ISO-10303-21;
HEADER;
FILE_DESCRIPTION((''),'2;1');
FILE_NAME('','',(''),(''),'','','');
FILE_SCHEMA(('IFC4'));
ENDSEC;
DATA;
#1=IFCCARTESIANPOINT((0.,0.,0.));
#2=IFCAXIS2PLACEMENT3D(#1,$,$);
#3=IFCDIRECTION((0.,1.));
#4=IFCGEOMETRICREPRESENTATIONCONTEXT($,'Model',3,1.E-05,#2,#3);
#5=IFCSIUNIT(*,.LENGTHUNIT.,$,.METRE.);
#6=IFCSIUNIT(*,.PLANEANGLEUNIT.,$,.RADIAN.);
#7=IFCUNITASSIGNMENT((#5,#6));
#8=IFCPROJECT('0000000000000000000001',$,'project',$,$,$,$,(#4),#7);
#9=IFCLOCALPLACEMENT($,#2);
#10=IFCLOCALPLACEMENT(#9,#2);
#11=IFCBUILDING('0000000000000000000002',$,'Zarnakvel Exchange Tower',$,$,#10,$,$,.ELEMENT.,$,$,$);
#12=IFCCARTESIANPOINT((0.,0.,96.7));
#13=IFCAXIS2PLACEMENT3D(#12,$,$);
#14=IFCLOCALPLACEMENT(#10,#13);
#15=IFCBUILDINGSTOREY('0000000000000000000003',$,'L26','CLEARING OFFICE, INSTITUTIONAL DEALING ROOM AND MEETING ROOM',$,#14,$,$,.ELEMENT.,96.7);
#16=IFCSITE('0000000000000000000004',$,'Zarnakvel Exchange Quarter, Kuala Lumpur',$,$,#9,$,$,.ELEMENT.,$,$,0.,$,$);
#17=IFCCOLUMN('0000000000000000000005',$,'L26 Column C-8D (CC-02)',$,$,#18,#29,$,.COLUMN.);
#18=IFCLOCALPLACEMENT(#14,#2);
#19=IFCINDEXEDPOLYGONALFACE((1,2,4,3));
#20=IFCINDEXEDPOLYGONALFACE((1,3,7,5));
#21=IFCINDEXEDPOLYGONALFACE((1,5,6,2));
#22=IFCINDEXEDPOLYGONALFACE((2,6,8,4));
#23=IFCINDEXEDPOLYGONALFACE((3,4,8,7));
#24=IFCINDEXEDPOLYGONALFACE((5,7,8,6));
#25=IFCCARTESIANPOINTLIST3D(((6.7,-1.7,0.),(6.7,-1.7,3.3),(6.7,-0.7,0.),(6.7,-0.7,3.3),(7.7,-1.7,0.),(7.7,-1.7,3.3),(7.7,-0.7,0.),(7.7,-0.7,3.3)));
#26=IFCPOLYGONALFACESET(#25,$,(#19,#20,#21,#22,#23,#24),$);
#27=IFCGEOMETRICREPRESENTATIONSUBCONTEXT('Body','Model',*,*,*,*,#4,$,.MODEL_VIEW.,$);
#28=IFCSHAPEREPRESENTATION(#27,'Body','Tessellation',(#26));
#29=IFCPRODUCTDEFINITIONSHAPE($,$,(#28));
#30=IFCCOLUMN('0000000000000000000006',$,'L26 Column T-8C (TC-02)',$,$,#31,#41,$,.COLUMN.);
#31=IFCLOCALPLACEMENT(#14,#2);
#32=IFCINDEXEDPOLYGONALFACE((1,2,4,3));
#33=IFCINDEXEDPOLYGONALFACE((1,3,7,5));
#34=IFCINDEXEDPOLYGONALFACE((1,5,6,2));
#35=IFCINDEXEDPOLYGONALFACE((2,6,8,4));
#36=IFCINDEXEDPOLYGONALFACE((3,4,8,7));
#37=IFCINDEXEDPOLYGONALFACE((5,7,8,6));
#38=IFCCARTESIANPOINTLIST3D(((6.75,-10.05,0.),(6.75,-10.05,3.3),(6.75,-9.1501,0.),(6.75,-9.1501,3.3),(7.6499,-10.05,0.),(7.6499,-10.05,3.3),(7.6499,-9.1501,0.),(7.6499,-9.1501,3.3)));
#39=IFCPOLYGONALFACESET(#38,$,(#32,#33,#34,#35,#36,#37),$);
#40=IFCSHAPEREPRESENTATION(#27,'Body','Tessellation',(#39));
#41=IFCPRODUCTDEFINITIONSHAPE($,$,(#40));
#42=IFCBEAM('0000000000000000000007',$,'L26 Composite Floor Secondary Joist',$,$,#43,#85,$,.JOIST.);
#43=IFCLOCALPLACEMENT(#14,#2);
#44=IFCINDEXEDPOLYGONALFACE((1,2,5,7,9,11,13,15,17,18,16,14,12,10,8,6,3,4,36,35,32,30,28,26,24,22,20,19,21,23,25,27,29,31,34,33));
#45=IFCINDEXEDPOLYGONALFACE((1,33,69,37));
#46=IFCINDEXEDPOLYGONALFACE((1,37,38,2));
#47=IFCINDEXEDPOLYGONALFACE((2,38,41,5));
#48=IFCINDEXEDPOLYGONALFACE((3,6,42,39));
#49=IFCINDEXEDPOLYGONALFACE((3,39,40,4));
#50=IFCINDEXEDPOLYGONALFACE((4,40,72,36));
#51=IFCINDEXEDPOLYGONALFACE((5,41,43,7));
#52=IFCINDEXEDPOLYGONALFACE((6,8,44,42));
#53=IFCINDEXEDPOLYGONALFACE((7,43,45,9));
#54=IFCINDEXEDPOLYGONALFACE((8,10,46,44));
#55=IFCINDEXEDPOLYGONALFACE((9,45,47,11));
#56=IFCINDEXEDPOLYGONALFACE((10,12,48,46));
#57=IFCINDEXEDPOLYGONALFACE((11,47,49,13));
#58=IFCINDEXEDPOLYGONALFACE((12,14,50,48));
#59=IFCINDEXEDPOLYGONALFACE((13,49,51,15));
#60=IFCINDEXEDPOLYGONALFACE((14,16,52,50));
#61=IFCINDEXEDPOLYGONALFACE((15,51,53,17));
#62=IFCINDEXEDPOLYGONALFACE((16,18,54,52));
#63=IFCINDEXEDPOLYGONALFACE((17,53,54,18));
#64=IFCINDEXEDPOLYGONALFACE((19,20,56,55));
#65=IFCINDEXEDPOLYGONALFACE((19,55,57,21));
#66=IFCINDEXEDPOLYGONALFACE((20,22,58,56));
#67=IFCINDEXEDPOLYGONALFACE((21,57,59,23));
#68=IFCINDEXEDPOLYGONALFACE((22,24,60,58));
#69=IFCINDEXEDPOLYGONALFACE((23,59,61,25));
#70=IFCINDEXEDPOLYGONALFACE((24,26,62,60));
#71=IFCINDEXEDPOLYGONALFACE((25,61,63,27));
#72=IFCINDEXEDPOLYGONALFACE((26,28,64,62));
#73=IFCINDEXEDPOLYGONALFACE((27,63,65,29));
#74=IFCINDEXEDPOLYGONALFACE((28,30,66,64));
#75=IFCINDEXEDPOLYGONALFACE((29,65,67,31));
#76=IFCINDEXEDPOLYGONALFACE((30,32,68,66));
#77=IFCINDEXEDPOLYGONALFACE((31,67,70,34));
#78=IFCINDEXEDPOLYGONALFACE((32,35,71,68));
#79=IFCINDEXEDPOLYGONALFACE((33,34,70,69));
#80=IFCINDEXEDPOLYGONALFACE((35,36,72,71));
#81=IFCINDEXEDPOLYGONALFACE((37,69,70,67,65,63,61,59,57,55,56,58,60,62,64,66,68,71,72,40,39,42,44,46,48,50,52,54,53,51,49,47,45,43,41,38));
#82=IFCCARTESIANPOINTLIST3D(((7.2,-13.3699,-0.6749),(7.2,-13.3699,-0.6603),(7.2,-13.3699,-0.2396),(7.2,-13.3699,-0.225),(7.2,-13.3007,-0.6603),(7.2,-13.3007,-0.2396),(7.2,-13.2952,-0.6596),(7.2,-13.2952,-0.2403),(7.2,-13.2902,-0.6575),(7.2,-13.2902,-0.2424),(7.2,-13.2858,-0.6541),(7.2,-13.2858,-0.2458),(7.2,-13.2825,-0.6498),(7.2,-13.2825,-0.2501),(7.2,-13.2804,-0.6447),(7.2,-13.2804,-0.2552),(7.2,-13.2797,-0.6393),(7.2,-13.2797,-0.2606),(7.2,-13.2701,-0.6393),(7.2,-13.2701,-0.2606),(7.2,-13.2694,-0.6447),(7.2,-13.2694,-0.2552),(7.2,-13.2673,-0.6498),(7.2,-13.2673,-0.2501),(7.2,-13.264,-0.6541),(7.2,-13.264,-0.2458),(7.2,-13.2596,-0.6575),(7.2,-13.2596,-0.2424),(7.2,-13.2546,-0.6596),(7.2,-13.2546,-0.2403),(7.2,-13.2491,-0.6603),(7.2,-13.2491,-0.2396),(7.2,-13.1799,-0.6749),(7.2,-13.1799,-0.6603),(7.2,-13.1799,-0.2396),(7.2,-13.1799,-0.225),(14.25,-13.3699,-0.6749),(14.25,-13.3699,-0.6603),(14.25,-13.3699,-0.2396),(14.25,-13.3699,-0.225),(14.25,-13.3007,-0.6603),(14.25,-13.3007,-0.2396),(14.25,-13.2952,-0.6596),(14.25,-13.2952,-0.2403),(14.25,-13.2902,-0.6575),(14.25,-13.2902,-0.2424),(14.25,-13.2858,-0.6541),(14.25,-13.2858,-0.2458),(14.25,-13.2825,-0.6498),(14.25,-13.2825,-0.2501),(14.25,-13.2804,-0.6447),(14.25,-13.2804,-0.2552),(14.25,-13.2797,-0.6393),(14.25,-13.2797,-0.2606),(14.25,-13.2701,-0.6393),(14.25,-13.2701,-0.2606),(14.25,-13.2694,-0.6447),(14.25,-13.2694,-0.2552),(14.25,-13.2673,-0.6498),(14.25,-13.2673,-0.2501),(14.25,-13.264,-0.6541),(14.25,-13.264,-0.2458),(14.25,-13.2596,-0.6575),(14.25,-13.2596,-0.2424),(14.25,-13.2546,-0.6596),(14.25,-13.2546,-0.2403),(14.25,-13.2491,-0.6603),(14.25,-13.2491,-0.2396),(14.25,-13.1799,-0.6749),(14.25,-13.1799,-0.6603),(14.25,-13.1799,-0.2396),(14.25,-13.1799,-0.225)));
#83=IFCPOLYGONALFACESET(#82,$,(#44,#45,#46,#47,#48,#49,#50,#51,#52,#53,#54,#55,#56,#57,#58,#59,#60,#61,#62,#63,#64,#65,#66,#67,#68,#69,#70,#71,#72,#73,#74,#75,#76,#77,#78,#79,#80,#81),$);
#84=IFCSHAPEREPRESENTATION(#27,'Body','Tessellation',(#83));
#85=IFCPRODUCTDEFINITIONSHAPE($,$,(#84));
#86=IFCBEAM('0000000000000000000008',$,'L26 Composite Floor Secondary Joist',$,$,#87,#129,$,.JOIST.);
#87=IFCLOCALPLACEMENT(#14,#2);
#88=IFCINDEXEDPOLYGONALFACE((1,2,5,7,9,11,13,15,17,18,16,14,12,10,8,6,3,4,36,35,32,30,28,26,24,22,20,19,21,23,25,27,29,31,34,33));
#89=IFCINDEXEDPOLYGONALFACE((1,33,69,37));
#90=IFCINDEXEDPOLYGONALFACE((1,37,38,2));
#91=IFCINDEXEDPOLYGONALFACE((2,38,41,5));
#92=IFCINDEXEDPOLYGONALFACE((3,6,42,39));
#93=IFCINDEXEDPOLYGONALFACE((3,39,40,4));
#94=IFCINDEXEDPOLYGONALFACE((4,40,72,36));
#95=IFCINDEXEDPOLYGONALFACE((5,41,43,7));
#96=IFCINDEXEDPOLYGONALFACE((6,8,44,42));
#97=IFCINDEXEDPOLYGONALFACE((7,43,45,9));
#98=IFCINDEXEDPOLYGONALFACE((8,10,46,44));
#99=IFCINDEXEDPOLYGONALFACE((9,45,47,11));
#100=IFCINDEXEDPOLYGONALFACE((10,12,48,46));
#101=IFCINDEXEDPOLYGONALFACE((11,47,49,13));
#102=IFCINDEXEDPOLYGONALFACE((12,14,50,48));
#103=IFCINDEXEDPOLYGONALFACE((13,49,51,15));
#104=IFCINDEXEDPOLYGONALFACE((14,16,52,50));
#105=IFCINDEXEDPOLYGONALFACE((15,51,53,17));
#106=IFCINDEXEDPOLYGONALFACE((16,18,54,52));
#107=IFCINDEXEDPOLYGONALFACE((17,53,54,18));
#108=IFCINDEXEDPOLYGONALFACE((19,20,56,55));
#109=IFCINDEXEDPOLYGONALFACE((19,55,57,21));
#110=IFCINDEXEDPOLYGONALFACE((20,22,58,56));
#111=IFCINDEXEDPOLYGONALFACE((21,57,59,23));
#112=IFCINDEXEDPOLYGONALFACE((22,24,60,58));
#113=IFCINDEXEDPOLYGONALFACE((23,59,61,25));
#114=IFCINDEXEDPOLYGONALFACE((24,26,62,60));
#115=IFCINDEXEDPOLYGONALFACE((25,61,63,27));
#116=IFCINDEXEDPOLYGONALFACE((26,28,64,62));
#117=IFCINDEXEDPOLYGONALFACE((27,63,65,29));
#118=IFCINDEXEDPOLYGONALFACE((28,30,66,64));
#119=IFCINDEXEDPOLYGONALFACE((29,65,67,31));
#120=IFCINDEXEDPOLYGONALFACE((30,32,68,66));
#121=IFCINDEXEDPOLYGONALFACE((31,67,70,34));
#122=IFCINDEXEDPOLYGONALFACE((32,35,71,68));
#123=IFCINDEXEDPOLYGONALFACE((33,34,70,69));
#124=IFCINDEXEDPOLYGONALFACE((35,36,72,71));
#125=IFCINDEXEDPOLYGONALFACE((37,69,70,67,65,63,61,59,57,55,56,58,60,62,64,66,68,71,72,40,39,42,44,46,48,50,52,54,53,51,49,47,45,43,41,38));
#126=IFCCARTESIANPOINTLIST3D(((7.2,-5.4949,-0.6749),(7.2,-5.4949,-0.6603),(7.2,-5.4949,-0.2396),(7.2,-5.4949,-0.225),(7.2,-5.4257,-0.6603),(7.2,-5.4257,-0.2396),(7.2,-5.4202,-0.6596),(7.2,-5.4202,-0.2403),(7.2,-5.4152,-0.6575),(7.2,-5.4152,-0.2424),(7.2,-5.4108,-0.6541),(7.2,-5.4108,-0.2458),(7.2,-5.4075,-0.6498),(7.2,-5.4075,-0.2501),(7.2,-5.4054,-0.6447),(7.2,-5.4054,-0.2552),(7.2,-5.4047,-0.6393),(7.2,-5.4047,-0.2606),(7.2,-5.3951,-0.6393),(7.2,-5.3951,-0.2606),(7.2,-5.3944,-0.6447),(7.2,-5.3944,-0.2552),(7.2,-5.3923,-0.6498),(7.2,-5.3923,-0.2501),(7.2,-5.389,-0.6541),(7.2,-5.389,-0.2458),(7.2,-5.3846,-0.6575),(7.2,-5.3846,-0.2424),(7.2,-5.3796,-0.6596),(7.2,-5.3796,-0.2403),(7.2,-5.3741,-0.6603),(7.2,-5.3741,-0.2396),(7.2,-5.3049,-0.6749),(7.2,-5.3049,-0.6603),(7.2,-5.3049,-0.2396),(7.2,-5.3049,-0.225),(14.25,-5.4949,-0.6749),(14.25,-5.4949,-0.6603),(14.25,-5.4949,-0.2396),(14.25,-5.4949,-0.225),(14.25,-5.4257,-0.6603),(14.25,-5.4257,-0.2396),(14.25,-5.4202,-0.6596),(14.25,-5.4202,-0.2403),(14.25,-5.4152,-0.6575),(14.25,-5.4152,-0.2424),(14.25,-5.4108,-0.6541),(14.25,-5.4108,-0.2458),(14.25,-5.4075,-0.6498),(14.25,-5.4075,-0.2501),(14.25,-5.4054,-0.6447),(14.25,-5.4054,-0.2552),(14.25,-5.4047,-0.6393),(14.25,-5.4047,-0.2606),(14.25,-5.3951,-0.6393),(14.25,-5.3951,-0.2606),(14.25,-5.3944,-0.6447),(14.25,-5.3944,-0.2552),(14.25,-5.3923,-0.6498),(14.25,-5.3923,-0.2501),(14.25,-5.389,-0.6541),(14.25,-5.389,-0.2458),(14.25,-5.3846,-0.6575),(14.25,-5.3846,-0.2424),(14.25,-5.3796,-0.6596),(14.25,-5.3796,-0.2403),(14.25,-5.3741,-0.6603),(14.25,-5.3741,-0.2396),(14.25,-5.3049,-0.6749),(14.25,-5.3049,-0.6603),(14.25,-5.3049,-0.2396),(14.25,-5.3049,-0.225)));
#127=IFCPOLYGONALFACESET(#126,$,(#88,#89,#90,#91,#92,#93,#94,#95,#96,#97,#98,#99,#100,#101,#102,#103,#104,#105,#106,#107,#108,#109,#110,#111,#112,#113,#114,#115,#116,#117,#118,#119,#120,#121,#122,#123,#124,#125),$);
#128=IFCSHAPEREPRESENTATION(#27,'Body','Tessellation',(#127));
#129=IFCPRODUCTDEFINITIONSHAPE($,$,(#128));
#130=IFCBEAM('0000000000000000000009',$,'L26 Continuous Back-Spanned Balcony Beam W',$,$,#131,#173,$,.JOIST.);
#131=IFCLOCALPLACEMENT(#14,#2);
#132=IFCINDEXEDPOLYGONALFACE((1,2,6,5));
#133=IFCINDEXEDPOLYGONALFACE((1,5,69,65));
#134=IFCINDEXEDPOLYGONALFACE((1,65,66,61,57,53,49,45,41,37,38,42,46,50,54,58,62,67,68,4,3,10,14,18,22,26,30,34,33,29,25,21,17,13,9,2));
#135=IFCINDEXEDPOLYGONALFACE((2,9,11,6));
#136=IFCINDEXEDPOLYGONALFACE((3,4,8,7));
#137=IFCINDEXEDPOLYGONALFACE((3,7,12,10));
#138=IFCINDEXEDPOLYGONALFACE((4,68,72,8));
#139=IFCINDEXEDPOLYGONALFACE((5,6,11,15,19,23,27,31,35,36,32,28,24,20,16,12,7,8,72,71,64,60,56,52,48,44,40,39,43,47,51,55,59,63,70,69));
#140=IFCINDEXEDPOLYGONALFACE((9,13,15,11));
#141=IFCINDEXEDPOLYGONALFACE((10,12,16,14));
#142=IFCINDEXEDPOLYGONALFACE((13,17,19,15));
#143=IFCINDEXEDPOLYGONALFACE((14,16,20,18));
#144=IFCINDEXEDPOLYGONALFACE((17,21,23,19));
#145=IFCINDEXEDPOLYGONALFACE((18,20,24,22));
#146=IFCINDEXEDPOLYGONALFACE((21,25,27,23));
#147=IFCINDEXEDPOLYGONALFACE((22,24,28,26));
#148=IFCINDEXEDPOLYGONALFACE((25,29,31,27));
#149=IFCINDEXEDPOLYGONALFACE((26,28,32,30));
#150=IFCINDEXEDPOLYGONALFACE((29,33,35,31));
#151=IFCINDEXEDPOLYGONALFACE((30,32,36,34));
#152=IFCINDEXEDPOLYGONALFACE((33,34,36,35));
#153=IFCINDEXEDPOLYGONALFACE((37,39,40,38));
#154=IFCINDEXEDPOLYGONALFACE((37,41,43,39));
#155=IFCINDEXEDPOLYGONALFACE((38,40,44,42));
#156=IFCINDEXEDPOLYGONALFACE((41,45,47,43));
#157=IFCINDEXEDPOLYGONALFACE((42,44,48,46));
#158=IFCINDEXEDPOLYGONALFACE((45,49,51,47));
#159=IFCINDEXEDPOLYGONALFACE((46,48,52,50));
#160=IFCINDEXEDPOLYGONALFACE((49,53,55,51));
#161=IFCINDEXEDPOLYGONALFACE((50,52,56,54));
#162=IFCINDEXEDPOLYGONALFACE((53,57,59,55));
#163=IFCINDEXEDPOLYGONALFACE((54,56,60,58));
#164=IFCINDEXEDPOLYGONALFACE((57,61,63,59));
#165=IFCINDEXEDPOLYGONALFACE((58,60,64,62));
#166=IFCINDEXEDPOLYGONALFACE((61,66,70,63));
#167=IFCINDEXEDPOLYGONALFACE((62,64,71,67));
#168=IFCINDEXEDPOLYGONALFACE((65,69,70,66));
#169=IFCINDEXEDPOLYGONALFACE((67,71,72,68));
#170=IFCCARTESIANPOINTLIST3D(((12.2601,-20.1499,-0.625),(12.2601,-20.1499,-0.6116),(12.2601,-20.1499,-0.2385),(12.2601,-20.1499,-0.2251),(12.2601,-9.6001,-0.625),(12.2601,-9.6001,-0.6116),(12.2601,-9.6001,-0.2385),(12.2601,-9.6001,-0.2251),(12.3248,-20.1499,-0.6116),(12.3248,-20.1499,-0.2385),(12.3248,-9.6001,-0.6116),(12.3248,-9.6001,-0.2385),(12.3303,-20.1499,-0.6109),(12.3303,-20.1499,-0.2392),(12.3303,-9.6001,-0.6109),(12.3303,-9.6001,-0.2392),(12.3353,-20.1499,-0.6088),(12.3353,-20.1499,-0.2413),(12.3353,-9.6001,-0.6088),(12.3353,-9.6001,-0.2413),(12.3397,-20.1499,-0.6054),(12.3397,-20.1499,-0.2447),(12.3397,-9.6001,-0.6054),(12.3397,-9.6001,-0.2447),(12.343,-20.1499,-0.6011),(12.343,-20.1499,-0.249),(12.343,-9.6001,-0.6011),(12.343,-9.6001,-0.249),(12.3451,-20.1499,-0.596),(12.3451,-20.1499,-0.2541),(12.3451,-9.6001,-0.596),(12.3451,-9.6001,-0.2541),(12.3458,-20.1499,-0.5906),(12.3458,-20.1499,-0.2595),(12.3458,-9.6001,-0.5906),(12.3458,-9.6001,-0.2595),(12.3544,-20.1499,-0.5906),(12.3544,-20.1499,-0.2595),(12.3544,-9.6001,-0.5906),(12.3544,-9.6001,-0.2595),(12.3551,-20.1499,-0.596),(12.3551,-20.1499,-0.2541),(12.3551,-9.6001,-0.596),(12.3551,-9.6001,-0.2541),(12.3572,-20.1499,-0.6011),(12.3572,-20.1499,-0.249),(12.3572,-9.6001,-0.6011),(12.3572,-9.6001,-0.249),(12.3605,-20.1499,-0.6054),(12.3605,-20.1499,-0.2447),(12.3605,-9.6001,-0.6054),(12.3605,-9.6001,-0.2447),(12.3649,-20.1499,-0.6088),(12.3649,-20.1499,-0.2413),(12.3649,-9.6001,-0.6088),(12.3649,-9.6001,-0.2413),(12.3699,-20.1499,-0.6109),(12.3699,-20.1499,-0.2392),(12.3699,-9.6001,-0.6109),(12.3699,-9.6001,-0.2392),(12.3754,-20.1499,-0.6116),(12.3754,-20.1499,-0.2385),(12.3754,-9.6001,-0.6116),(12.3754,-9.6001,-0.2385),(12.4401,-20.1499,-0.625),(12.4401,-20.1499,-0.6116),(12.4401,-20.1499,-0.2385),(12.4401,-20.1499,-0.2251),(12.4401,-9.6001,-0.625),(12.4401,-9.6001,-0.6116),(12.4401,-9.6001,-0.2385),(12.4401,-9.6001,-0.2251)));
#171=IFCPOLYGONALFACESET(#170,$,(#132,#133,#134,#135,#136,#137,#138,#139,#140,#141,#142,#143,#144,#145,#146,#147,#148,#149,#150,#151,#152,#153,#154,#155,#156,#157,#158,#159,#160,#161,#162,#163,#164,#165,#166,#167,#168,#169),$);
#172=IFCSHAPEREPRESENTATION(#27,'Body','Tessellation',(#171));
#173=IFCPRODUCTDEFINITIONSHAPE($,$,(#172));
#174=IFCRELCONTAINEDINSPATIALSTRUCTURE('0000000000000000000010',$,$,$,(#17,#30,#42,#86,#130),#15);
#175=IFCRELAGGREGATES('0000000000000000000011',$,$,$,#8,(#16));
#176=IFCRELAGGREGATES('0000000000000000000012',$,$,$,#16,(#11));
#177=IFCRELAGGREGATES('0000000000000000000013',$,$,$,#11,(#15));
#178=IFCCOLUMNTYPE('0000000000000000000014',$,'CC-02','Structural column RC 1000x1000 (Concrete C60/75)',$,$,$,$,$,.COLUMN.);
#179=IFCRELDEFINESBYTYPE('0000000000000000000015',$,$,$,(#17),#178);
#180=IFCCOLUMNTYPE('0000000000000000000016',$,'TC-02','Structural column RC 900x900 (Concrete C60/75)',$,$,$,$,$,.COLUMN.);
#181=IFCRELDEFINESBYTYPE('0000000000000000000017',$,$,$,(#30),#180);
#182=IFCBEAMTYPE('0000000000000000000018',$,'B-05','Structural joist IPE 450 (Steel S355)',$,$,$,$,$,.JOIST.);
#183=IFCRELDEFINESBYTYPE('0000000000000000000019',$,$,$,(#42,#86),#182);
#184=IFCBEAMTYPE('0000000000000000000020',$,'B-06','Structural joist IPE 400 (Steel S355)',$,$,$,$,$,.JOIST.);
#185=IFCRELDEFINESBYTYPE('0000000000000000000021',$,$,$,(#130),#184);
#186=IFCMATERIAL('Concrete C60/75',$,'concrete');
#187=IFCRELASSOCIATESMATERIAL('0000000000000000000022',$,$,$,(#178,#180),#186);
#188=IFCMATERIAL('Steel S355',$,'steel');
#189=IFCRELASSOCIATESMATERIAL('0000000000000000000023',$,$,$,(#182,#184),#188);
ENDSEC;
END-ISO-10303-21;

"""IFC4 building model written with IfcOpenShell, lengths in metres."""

from ifc_helpers import new_model, si_unit, direction, frame, origin, origin_2d, place, context, subcontext, project, spatial, rectangle, i_section, extrude, material, material_profile, profile_set, type_object, element, save


model = new_model("IFC4")

# Units and contexts
model_context = context("Model", 3, precision=1e-05, world=origin(), true_north=direction((0.0, 1.0)))
body_context = subcontext(model_context, "Body", "Model", "MODEL_VIEW")
ifc_project = project(units=[si_unit("LENGTHUNIT", "METRE"), si_unit("PLANEANGLEUNIT", "RADIAN")], contexts=[model_context])

# Site, building, storey
site_placement = place(None, origin())
site = spatial("IfcSite", under=ifc_project, at=site_placement, Name="Zarnakvel Exchange Quarter, Kuala Lumpur", CompositionType="ELEMENT", RefElevation=0.0)
building_placement = place(site_placement, origin())
building = spatial("IfcBuilding", under=site, at=building_placement, Name="Zarnakvel Exchange Tower", CompositionType="ELEMENT")
storey_placement = place(building_placement, frame((0.0, 0.0, 96.7)))
storey = spatial("IfcBuildingStorey", under=building, at=storey_placement, Name="L26", Description="CLEARING OFFICE, INSTITUTIONAL DEALING ROOM AND MEETING ROOM", CompositionType="ELEMENT", Elevation=96.7)

# Columns
ifc_material_1 = material(Name="Concrete C60/75", Category="concrete")
ifc_material_profile_1 = material_profile(ifc_material_1, rectangle(XDim=1.0, YDim=1.0, at=origin_2d()))
ifc_profile_set_1 = profile_set([ifc_material_profile_1], Name="Concrete C60/75")
column_type_1 = type_object("IfcColumnType", Name="CC-02", Description="Structural column RC 1000x1000 (Concrete C60/75)", PredefinedType="COLUMN", material=ifc_profile_set_1)
column_1_placement = place(storey_placement, frame((7.2, -1.2, 0.0), z_axis=(0.0, 0.0, 1.0), x_axis=(1.0, 0.0, 0.0)))
element("IfcColumn", 1, at=column_1_placement, inside=storey, type_object=column_type_1, Name="L26 Column C-8D (CC-02)", PredefinedType="COLUMN", context=body_context, shape_type="SweptSolid", body=[
    extrude(rectangle(XDim=1.0, YDim=1.0, at=origin_2d()), origin(), (0.0, 0.0, 1.0), 3.3),
])
ifc_material_profile_2 = material_profile(ifc_material_1, rectangle(XDim=0.8999, YDim=0.8999, at=origin_2d()))
ifc_profile_set_2 = profile_set([ifc_material_profile_2], Name="Concrete C60/75")
column_type_2 = type_object("IfcColumnType", Name="TC-02", Description="Structural column RC 900x900 (Concrete C60/75)", PredefinedType="COLUMN", material=ifc_profile_set_2)
column_2_placement = place(storey_placement, frame((7.2, -9.6001, 0.0), z_axis=(0.0, 0.0, 1.0), x_axis=(1.0, 0.0, 0.0)))
element("IfcColumn", 2, at=column_2_placement, inside=storey, type_object=column_type_2, Name="L26 Column T-8C (TC-02)", PredefinedType="COLUMN", context=body_context, shape_type="SweptSolid", body=[
    extrude(rectangle(XDim=0.8999, YDim=0.8999, at=origin_2d()), origin(), (0.0, 0.0, 1.0), 3.3),
])

# Beams
ifc_material_2 = material(Name="Steel S355", Category="steel")
ifc_material_profile_3 = material_profile(ifc_material_2, i_section(OverallWidth=0.1899, OverallDepth=0.45, WebThickness=0.0095, FlangeThickness=0.0146, FilletRadius=0.021, at=origin_2d()))
ifc_profile_set_3 = profile_set([ifc_material_profile_3], Name="Steel S355")
beam_type_1 = type_object("IfcBeamType", Name="B-05", Description="Structural joist IPE 450 (Steel S355)", PredefinedType="JOIST", material=ifc_profile_set_3)
for number, where, z_axis, x_axis, name in (
    (3, (7.2, -13.2749, -0.45), (1.0, 0.0, 0.0), (0.0, 1.0, 0.0), "L26 Composite Floor Secondary Joist"),
    (4, (7.2, -5.3999, -0.45), (1.0, 0.0, 0.0), (0.0, 1.0, 0.0), "L26 Composite Floor Secondary Joist"),
):
    element("IfcBeam", number, at=place(storey_placement, frame(where, z_axis=z_axis, x_axis=x_axis)), inside=storey, type_object=beam_type_1, Name=name, PredefinedType="JOIST", context=body_context, shape_type="SweptSolid", body=[
        extrude(i_section(OverallWidth=0.1899, OverallDepth=0.45, WebThickness=0.0095, FlangeThickness=0.0146, FilletRadius=0.021, at=origin_2d()), origin(), (0.0, 0.0, 1.0), 7.05),
    ])
ifc_material_profile_4 = material_profile(ifc_material_2, i_section(OverallWidth=0.1799, OverallDepth=0.3999, WebThickness=0.0085, FlangeThickness=0.0134, FilletRadius=0.021, at=origin_2d()))
ifc_profile_set_4 = profile_set([ifc_material_profile_4], Name="Steel S355")
beam_type_2 = type_object("IfcBeamType", Name="B-06", Description="Structural joist IPE 400 (Steel S355)", PredefinedType="JOIST", material=ifc_profile_set_4)
beam_1_placement = place(storey_placement, frame((12.3501, -9.6001, -0.425), z_axis=(0.0, -1.0, 0.0), x_axis=(1.0, 0.0, 0.0)))
element("IfcBeam", 5, at=beam_1_placement, inside=storey, type_object=beam_type_2, Name="L26 Continuous Back-Spanned Balcony Beam W", PredefinedType="JOIST", context=body_context, shape_type="SweptSolid", body=[
    extrude(i_section(OverallWidth=0.1799, OverallDepth=0.3999, WebThickness=0.0085, FlangeThickness=0.0134, FilletRadius=0.021, at=origin_2d()), origin(), (0.0, 0.0, 1.0), 10.5498),
])

save(model, "model.ifc")
